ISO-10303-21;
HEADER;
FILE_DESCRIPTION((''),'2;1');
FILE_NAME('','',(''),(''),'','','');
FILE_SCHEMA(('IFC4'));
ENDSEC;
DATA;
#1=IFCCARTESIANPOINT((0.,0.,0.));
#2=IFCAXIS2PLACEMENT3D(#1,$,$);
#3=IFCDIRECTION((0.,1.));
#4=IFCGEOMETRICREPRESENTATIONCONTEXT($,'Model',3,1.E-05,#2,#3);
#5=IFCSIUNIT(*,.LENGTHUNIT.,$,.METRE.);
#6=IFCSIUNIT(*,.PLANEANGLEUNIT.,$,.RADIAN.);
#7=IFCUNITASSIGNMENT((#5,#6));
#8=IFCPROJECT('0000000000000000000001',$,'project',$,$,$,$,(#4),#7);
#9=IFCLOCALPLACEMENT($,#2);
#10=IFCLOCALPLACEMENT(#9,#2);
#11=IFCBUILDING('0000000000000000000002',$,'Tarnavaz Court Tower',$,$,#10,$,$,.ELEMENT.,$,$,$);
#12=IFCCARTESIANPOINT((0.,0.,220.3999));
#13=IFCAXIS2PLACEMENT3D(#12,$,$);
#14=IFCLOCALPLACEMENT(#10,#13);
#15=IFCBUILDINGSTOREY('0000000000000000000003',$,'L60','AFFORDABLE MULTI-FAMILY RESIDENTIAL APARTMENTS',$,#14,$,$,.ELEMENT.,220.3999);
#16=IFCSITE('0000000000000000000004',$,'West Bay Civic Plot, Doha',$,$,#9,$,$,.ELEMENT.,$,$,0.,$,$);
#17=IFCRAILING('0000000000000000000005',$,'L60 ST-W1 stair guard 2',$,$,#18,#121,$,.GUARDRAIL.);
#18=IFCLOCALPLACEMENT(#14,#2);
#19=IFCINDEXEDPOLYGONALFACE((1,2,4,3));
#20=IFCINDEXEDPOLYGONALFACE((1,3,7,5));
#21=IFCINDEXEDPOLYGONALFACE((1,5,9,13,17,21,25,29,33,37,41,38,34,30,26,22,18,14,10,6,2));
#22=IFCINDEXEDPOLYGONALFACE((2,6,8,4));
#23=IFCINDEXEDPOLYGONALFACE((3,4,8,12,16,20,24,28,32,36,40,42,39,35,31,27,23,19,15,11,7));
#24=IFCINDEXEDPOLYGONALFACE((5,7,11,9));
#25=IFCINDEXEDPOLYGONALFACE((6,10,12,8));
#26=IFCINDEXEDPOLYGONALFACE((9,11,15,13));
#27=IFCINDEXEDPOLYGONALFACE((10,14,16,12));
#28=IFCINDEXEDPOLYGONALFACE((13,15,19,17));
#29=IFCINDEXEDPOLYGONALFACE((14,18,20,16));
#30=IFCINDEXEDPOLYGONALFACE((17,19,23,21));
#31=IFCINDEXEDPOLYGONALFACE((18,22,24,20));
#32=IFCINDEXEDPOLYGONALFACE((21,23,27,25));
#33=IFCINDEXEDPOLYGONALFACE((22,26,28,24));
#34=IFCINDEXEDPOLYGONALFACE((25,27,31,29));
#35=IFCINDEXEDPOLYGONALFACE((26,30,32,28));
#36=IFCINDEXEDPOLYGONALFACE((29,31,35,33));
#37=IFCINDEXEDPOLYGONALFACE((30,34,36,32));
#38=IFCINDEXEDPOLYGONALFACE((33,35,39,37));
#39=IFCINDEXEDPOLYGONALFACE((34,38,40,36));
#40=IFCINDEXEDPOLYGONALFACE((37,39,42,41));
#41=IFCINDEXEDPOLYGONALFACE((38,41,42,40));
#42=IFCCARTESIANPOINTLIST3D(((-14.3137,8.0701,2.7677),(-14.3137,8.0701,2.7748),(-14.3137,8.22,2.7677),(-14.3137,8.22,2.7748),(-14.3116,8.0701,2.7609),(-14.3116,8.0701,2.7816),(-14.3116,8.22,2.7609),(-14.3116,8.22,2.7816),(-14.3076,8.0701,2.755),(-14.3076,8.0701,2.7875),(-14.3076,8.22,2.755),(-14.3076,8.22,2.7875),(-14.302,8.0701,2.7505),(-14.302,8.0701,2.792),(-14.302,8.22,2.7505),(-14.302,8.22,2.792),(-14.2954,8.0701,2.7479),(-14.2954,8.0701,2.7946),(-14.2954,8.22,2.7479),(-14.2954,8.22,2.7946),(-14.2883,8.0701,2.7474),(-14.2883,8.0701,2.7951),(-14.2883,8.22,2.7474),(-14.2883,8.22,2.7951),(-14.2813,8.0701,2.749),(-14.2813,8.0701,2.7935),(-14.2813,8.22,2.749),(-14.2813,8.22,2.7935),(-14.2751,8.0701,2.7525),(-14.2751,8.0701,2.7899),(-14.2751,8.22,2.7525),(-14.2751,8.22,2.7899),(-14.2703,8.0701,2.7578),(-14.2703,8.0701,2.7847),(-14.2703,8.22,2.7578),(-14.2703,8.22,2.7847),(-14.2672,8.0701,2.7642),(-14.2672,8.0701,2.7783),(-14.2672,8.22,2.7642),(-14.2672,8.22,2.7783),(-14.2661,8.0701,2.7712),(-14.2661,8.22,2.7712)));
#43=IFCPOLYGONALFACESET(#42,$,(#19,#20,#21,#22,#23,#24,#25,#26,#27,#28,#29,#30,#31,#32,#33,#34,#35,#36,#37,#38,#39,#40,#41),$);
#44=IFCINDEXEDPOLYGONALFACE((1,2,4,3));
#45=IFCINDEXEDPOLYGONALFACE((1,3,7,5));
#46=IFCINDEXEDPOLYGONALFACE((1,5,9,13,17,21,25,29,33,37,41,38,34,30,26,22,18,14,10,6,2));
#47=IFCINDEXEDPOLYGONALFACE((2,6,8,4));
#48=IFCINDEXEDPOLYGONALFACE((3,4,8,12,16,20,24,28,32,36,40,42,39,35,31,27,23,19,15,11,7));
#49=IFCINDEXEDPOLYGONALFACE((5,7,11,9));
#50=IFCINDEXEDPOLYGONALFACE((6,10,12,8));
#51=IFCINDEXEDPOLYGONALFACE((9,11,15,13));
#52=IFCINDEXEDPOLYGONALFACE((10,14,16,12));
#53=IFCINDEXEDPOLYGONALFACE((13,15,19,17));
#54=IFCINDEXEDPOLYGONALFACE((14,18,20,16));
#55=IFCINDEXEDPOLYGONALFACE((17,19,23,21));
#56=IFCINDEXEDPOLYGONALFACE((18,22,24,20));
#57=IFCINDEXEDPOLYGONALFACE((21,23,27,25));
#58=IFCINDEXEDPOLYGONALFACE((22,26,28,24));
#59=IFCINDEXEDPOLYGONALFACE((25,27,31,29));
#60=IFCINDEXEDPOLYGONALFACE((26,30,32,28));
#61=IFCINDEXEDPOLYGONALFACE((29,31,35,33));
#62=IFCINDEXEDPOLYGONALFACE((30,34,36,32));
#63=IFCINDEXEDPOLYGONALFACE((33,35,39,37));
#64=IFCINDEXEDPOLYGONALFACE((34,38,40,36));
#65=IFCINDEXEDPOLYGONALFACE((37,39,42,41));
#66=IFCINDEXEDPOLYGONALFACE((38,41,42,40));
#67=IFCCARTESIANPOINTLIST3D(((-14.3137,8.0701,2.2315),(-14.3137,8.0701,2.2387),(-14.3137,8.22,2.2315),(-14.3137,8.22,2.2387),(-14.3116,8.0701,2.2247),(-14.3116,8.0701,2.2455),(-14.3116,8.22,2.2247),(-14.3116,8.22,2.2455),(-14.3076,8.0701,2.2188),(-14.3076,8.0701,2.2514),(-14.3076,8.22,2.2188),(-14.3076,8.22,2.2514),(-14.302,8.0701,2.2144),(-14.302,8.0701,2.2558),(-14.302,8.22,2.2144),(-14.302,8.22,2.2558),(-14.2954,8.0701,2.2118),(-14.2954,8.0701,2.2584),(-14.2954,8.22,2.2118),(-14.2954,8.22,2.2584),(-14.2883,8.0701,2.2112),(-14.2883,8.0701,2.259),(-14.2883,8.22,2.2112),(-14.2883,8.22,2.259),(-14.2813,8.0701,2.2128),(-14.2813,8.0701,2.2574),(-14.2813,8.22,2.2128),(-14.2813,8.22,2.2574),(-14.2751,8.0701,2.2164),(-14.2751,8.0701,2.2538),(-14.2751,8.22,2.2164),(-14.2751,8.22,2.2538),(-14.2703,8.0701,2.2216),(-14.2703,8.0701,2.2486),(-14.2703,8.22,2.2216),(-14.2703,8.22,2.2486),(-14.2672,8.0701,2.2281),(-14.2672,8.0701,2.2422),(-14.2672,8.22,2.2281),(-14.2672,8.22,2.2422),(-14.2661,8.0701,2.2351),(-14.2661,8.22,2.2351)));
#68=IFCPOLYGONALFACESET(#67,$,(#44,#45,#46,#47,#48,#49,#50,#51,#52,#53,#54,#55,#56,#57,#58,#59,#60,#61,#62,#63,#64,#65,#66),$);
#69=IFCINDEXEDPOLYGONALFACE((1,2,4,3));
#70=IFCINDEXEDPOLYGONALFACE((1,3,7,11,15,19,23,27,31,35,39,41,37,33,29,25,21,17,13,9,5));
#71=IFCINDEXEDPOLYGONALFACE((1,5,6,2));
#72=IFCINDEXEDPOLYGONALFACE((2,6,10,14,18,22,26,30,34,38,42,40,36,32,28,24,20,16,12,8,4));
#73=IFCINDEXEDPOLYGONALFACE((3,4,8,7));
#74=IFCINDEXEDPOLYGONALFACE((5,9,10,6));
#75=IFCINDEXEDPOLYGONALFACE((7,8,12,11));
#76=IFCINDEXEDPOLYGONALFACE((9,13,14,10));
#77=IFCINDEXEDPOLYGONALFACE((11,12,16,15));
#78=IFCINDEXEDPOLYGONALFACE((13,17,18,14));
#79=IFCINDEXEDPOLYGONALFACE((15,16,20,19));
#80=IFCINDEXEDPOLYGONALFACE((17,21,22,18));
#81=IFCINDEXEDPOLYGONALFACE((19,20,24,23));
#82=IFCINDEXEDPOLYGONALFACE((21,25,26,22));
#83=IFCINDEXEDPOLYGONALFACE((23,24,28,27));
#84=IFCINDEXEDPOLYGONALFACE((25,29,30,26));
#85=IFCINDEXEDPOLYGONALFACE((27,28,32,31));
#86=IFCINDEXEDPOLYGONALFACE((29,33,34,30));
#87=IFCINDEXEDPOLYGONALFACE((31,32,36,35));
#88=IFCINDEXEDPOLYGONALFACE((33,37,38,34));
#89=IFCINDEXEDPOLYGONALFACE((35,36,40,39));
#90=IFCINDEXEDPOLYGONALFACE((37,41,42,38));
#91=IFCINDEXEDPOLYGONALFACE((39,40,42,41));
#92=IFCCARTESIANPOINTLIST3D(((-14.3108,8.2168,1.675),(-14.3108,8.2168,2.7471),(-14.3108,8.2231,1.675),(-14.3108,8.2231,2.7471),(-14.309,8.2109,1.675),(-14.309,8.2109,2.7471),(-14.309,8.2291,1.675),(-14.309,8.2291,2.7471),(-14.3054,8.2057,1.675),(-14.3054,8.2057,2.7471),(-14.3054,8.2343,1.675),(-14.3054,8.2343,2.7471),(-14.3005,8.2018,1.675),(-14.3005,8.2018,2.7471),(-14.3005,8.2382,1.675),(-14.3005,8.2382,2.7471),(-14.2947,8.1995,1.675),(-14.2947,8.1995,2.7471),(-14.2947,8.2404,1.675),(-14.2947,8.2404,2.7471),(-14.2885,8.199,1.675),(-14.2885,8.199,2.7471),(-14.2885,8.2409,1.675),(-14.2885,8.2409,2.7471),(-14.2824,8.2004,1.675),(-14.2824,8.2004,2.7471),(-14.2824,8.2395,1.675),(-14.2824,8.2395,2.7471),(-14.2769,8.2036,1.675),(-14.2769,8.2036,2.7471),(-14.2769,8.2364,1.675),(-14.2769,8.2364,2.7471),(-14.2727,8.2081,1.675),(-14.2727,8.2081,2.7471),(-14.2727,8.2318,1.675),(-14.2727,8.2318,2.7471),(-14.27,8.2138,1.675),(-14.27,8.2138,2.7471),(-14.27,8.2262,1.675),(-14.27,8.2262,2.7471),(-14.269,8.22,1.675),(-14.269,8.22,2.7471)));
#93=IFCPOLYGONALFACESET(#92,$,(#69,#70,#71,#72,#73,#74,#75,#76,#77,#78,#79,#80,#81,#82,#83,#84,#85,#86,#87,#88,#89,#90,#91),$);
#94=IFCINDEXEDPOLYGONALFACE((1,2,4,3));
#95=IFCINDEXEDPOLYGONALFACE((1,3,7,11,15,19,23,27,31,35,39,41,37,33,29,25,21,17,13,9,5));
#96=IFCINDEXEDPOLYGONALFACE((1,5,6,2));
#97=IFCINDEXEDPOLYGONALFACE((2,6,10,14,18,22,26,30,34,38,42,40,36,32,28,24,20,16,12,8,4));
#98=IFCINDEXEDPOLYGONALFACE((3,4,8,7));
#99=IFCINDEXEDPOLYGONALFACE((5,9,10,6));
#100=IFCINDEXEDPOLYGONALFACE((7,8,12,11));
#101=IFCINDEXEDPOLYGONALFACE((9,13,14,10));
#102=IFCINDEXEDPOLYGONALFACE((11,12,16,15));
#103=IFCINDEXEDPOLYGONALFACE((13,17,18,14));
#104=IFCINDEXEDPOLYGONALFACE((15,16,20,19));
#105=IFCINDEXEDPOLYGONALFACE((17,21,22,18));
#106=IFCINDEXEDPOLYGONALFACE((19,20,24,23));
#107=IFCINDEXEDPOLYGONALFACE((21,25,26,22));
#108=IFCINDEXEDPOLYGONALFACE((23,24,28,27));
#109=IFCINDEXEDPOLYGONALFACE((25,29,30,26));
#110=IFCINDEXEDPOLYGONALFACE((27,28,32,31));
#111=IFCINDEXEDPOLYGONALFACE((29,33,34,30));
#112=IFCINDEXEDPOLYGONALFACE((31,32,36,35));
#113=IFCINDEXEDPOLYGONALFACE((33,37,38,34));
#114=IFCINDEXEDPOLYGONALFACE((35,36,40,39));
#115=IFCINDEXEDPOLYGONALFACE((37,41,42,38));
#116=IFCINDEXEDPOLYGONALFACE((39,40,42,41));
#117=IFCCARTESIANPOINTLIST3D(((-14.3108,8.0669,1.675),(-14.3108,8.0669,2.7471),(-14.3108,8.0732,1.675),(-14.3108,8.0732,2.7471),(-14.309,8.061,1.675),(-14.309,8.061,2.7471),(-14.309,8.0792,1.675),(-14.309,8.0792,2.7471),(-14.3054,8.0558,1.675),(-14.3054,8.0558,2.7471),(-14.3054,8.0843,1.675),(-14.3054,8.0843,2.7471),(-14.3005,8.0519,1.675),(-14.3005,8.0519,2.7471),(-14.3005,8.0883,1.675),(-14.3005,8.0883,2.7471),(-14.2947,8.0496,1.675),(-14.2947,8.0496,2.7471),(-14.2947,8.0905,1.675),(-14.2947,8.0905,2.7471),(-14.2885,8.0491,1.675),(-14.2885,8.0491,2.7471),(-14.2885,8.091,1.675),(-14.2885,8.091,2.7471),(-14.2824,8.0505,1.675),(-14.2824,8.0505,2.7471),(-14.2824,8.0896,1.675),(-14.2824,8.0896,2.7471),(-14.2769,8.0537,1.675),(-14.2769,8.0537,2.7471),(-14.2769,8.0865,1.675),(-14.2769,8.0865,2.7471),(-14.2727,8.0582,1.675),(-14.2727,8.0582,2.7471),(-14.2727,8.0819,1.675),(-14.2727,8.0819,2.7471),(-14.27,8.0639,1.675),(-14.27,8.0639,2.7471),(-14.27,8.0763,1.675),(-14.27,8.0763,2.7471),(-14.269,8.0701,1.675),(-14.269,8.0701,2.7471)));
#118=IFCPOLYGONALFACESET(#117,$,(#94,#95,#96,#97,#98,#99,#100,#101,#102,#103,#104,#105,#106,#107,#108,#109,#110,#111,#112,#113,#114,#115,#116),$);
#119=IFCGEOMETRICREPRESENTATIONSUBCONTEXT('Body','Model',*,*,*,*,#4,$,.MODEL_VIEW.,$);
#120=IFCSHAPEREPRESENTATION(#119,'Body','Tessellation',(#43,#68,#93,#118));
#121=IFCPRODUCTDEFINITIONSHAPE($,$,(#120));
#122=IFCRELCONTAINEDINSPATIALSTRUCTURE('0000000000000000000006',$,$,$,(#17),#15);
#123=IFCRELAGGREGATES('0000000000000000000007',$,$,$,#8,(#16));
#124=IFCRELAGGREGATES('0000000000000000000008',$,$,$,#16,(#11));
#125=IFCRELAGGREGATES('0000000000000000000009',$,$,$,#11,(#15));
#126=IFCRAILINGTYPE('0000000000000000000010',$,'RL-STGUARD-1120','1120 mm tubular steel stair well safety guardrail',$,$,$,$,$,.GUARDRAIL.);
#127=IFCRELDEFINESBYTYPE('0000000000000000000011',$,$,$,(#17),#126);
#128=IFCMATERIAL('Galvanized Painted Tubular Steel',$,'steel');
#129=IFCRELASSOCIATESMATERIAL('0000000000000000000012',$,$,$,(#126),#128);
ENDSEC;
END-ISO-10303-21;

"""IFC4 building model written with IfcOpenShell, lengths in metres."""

from ifc_helpers import new_model, si_unit, direction, frame, origin, origin_2d, place, context, subcontext, project, spatial, circle, extrude, material, type_object, element, save


model = new_model("IFC4")

# Units and contexts
model_context = context("Model", 3, precision=1e-05, world=origin(), true_north=direction((0.0, 1.0)))
body_context = subcontext(model_context, "Body", "Model", "MODEL_VIEW")
ifc_project = project(units=[si_unit("LENGTHUNIT", "METRE"), si_unit("PLANEANGLEUNIT", "RADIAN")], contexts=[model_context])

# Site, building, storey
site_placement = place(None, origin())
site = spatial("IfcSite", under=ifc_project, at=site_placement, Name="West Bay Civic Plot, Doha", CompositionType="ELEMENT", RefElevation=0.0)
building_placement = place(site_placement, origin())
building = spatial("IfcBuilding", under=site, at=building_placement, Name="Tarnavaz Court Tower", CompositionType="ELEMENT")
storey_placement = place(building_placement, frame((0.0, 0.0, 220.3999)))
storey = spatial("IfcBuildingStorey", under=building, at=storey_placement, Name="L60", Description="AFFORDABLE MULTI-FAMILY RESIDENTIAL APARTMENTS", CompositionType="ELEMENT", Elevation=220.3999)

# Railing
ifc_material_1 = material(Name="Galvanized Painted Tubular Steel", Category="steel")
railing_type_1 = type_object("IfcRailingType", Name="RL-STGUARD-1120", Description="1120 mm tubular steel stair well safety guardrail", PredefinedType="GUARDRAIL", material=ifc_material_1)
railing_1_placement = place(storey_placement, frame((-14.29, 8.22, 1.675)))
element("IfcRailing", 1, at=railing_1_placement, inside=storey, type_object=railing_type_1, Name="L60 ST-W1 stair guard 2", PredefinedType="GUARDRAIL", context=body_context, shape_type="SweptSolid", body=[
    extrude(circle(Radius=0.0239, at=origin_2d()), frame((0.0, 0.0, 1.0962), z_axis=(0.0, -1.0, 0.0), x_axis=(1.0, 0.0, 0.0)), (0.0, 0.0, 1.0), 0.1499),
    extrude(circle(Radius=0.0239, at=origin_2d()), frame((0.0, 0.0, 0.5601), z_axis=(0.0, -1.0, 0.0), x_axis=(1.0, 0.0, 0.0)), (0.0, 0.0, 1.0), 0.1499),
    extrude(circle(Radius=0.021, at=origin_2d()), origin(), (0.0, 0.0, 1.0), 1.072),
    extrude(circle(Radius=0.021, at=origin_2d()), frame((0.0, -0.1499, 0.0)), (0.0, 0.0, 1.0), 1.072),
])

save(model, "model.ifc")
